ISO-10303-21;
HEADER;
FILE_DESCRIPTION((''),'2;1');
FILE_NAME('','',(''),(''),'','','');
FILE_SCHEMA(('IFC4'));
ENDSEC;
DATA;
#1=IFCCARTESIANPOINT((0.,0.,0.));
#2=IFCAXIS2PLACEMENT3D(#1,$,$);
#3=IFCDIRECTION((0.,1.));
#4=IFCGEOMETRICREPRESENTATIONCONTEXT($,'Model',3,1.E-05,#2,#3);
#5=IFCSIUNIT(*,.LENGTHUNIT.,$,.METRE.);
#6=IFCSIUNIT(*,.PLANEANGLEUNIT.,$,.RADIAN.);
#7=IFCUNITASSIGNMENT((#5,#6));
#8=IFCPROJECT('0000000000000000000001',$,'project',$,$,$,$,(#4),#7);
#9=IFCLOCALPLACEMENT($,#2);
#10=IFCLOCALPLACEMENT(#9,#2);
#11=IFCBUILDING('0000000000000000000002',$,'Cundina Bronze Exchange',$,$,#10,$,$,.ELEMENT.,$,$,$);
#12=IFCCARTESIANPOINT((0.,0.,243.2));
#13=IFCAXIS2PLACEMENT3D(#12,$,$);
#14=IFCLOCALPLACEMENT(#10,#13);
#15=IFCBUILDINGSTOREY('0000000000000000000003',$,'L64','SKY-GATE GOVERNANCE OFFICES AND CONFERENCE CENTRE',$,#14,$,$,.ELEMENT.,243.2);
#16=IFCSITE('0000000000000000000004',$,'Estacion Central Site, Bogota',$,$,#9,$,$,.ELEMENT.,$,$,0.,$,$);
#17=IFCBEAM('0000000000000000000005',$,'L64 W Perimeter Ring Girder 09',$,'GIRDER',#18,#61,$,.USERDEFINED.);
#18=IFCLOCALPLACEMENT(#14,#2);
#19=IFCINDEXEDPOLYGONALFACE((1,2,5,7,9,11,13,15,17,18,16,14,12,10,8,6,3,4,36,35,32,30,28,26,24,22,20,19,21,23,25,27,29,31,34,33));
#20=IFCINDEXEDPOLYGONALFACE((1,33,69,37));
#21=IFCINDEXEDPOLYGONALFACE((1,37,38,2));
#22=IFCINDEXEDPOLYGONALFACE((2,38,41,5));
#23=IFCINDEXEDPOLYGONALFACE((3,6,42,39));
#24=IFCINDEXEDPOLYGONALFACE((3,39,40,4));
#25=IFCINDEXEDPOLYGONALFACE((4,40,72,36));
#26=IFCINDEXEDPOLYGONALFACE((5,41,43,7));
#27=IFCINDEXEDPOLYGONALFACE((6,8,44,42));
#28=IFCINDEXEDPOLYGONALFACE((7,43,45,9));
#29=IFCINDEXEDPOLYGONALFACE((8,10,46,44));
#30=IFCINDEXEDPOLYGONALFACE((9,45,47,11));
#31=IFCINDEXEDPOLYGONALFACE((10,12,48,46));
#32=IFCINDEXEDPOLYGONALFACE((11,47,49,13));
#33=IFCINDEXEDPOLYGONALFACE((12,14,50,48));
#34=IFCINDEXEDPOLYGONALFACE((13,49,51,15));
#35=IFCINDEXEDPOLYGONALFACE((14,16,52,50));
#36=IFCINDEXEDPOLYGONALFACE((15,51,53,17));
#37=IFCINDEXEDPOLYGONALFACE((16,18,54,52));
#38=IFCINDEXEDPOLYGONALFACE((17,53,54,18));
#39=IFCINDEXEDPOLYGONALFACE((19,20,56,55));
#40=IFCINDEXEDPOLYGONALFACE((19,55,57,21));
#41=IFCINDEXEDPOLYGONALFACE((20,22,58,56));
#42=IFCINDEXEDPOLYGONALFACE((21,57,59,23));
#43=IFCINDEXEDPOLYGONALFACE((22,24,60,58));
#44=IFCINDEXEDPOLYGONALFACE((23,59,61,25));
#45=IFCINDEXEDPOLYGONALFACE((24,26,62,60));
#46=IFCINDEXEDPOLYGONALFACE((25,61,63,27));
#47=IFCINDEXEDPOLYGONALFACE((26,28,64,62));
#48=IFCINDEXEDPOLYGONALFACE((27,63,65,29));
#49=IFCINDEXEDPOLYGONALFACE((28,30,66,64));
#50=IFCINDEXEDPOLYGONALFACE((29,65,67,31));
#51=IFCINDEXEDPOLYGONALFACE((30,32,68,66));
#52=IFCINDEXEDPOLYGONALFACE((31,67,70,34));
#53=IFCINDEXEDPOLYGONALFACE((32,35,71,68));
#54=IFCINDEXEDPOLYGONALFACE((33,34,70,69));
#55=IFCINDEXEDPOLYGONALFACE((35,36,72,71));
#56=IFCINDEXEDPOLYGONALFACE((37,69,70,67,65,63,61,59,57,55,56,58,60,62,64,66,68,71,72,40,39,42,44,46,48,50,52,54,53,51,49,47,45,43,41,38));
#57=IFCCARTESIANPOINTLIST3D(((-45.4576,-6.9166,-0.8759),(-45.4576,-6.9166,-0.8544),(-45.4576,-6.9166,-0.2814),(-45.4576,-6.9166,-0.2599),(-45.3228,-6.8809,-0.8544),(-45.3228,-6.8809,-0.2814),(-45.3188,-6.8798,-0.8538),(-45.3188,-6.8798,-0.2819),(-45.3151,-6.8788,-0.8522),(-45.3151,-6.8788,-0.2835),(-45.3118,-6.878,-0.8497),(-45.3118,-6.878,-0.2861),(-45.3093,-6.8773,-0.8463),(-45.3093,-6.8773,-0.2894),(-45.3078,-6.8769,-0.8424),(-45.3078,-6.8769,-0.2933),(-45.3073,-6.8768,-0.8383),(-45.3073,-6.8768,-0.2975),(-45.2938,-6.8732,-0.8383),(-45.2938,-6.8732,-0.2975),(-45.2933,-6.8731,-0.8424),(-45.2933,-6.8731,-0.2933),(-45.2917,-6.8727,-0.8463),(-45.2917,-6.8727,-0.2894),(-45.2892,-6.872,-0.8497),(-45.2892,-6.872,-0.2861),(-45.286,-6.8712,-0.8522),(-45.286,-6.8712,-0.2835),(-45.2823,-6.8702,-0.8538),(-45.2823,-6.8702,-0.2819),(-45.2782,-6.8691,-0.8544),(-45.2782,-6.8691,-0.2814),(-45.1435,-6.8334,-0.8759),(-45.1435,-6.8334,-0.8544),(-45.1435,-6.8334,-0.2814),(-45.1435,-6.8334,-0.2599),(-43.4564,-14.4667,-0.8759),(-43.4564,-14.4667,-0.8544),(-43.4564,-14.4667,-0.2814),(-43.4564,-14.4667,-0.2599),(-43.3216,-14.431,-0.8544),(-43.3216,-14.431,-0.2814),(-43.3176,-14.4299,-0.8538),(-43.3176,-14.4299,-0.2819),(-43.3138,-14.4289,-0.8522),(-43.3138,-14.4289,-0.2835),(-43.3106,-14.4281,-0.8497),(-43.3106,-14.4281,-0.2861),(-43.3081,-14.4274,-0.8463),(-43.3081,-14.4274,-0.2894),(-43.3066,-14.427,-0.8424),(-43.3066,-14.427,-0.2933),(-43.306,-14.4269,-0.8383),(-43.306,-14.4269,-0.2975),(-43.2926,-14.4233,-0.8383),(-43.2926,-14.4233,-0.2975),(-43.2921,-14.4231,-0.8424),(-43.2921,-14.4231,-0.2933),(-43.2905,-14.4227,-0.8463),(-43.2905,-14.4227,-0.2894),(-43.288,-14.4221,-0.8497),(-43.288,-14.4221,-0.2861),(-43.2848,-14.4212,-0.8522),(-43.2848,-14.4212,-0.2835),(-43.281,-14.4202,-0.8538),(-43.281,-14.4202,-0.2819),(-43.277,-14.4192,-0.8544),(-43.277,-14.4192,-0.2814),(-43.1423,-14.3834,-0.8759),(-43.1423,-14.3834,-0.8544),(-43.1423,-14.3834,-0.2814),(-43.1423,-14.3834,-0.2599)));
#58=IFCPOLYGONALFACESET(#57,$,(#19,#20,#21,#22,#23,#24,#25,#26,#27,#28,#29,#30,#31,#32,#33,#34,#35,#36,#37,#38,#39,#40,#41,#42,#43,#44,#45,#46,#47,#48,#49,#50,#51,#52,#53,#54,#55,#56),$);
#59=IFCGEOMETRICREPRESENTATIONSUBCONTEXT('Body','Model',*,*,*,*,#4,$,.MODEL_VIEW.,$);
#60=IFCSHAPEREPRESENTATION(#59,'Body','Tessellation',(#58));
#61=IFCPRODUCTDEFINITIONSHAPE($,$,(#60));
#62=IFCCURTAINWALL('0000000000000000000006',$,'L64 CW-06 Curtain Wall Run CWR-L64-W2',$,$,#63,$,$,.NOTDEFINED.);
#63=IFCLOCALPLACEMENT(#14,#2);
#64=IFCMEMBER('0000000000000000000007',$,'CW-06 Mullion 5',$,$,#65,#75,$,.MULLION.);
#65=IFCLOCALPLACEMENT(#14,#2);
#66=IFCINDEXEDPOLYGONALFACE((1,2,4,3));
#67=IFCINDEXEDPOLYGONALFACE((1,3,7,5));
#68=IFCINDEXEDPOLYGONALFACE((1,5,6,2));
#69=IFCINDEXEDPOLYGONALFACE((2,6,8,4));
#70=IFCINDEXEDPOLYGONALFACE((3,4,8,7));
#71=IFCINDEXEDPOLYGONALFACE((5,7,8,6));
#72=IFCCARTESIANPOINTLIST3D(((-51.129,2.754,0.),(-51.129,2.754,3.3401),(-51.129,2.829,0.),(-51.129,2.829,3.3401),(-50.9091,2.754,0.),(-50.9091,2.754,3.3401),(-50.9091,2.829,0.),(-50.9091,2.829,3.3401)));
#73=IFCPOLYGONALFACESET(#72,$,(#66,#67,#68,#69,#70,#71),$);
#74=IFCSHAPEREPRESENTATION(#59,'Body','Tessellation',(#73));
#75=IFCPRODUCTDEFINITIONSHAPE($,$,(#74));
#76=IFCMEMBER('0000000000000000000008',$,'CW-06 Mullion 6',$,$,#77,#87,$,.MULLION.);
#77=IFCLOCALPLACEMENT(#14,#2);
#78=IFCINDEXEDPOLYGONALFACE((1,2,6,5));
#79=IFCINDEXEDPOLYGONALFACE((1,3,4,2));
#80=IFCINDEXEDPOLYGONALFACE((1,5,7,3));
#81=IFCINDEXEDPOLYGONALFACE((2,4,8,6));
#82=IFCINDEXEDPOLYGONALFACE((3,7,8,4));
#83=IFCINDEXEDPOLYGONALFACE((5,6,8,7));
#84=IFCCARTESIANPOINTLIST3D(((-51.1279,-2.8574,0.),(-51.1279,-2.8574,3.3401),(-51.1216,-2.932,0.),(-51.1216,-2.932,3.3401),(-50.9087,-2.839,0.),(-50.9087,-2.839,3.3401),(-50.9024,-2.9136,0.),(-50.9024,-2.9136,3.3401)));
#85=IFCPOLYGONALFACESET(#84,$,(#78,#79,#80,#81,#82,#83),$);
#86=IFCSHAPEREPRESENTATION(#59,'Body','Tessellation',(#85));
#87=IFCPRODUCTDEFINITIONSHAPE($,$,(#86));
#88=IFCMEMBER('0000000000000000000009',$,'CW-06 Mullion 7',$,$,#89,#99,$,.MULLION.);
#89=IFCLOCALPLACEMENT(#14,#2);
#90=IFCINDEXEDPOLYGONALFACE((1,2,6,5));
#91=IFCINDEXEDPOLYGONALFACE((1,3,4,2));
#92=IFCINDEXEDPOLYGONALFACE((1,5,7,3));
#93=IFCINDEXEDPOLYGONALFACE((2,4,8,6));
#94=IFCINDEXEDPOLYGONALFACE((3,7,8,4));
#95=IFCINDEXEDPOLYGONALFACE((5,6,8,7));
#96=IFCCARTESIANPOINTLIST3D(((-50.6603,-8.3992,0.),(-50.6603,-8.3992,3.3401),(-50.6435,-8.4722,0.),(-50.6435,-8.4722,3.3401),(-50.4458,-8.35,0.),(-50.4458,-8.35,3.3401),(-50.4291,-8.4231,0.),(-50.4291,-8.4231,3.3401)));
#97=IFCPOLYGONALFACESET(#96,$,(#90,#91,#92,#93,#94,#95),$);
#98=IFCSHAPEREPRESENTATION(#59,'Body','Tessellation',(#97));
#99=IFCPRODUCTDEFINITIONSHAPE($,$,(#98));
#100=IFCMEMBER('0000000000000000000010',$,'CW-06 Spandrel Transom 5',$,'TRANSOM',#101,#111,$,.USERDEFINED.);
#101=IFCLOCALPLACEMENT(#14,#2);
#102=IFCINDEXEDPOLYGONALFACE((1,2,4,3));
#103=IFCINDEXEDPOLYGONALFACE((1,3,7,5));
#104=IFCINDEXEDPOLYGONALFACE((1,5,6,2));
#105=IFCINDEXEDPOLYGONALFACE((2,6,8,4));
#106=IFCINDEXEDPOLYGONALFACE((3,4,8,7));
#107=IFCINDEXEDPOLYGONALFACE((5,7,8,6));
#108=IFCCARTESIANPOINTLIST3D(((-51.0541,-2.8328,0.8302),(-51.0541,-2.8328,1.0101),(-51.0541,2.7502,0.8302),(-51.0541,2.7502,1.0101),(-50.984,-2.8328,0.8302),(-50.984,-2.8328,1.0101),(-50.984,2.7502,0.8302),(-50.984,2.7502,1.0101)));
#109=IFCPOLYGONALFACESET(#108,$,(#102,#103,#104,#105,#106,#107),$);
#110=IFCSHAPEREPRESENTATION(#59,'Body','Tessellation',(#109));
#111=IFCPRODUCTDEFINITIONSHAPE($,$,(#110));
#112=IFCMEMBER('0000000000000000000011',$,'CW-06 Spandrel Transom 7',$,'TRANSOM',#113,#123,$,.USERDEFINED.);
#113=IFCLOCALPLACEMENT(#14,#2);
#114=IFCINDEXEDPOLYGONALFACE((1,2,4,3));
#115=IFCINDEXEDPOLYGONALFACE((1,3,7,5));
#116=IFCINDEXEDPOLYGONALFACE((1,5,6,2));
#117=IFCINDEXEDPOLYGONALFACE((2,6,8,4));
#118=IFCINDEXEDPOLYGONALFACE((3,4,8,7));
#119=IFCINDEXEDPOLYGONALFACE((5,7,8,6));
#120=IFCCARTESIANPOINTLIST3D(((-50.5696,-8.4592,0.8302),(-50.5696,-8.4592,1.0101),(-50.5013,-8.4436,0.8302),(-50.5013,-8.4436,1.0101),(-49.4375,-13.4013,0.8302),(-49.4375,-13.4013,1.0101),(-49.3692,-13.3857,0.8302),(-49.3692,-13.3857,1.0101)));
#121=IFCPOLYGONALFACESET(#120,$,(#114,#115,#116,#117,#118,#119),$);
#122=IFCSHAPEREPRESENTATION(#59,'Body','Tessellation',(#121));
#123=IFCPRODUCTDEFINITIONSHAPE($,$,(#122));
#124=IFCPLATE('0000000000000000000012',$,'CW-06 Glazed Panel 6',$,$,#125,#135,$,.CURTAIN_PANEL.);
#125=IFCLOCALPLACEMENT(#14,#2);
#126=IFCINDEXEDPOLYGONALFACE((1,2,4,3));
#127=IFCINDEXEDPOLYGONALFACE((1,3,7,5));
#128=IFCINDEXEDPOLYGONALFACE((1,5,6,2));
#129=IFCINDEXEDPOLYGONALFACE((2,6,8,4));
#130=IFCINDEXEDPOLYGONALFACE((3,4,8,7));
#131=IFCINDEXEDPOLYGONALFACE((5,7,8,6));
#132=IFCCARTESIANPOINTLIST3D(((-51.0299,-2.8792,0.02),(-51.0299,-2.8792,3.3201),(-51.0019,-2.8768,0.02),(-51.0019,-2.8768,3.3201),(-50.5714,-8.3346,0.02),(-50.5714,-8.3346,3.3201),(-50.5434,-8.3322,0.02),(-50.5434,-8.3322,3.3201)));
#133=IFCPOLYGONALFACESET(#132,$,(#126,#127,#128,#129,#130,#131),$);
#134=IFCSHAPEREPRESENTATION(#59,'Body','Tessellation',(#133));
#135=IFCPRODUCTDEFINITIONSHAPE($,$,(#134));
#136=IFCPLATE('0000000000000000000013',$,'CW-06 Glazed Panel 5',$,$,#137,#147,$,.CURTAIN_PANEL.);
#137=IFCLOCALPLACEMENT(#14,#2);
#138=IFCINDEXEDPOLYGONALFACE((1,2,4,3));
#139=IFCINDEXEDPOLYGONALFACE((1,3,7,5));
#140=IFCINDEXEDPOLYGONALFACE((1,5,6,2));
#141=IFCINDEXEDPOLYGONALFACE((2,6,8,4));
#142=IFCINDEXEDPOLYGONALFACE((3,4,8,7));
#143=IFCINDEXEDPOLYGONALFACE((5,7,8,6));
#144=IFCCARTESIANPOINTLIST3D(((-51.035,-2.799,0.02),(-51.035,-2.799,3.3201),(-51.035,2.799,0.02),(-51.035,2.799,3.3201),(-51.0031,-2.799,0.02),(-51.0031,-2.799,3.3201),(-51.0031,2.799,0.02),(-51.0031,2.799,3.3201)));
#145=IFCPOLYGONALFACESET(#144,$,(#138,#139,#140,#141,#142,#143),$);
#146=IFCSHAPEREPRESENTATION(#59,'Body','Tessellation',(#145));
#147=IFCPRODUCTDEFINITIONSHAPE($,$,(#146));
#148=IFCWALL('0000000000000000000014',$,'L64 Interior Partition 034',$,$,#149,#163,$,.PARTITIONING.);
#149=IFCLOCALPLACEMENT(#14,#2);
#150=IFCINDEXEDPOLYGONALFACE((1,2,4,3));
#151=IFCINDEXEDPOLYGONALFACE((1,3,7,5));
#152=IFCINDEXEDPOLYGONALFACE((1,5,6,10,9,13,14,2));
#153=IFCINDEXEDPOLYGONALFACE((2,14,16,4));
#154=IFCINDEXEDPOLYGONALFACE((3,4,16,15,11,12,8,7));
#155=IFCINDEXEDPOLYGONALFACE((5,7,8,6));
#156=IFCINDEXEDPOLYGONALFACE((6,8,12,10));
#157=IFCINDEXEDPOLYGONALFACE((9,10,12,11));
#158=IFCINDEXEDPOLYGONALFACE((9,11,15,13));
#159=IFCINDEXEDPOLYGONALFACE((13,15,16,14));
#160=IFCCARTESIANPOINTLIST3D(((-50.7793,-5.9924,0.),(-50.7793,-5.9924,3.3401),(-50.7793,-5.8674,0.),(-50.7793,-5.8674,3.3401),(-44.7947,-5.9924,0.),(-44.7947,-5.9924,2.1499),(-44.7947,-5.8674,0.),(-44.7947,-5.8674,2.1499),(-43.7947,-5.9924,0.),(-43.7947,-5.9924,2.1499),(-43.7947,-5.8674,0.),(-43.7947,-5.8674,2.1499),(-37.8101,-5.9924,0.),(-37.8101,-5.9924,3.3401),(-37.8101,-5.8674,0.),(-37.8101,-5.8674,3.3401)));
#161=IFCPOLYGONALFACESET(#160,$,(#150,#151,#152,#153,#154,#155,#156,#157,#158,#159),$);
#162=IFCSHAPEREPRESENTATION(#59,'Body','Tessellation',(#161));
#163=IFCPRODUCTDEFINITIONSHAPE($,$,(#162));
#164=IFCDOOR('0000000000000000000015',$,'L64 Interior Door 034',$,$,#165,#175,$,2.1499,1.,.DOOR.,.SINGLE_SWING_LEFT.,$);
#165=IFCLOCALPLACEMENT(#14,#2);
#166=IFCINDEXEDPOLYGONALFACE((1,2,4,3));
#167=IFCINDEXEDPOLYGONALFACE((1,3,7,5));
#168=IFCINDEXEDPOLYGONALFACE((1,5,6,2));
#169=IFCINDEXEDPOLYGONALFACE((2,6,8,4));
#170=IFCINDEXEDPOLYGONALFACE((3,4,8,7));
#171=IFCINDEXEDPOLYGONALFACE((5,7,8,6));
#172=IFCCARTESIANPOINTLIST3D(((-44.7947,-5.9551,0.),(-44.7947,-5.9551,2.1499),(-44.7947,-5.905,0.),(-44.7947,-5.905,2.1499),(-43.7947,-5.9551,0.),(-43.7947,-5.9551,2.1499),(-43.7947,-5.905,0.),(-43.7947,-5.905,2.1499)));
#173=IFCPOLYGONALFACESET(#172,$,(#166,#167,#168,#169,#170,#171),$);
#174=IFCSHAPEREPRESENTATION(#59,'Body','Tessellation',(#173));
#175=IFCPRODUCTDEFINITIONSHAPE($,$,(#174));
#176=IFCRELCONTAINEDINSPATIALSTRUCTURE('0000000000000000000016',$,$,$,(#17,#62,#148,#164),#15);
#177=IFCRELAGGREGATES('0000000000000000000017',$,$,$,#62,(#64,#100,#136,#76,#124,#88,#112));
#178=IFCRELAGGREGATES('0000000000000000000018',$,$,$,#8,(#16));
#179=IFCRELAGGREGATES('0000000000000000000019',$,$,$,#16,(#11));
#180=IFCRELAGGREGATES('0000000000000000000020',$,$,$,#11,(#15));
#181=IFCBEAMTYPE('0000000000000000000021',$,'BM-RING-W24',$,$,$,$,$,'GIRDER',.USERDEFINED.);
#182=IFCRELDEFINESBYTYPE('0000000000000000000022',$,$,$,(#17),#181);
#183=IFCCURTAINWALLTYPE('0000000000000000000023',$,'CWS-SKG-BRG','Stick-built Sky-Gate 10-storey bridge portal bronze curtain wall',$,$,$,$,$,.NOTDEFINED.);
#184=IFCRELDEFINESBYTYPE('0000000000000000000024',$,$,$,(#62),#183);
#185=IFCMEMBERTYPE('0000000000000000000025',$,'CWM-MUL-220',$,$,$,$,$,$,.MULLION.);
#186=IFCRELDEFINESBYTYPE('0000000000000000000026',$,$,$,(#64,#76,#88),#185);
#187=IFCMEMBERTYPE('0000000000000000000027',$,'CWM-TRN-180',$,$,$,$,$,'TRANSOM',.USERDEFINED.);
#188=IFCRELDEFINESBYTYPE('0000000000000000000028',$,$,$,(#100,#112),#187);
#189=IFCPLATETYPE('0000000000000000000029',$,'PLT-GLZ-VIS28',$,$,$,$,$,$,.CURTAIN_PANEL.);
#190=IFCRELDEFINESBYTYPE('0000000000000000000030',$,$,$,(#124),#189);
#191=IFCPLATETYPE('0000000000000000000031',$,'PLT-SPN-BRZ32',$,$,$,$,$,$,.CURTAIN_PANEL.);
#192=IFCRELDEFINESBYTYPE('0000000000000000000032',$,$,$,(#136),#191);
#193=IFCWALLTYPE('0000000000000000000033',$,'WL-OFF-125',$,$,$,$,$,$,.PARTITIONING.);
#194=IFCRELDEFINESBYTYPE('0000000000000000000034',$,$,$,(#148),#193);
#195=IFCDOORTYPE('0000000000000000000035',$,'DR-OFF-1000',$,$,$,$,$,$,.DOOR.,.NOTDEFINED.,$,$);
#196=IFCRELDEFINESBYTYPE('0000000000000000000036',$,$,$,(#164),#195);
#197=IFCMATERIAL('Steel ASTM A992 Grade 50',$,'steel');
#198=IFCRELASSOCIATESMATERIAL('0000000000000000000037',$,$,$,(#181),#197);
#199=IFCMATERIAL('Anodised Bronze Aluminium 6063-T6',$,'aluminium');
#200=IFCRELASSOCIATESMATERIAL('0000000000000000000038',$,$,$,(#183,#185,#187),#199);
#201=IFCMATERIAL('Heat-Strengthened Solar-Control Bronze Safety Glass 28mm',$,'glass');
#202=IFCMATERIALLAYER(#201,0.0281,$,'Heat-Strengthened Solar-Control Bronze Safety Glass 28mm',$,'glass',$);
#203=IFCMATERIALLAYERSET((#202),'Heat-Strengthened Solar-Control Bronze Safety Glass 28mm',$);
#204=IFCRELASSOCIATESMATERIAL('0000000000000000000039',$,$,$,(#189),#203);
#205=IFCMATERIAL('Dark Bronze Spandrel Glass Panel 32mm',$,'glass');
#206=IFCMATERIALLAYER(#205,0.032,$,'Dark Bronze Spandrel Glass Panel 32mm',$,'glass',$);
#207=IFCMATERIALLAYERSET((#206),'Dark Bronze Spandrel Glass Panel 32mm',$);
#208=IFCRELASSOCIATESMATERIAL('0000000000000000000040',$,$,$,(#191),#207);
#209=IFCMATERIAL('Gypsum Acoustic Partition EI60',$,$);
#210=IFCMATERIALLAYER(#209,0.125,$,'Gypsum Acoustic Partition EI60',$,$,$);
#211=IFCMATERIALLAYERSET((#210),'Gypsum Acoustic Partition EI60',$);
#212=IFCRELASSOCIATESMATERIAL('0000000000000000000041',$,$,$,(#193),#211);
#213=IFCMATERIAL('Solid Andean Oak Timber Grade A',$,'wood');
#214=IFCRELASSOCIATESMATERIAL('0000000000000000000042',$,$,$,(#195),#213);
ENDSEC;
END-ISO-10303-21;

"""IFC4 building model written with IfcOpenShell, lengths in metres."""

from ifc_helpers import new_model, si_unit, direction, frame, frame_2d, origin, origin_2d, place, context, subcontext, project, spatial, rectangle, i_section, extrude, material, layer, layer_set, material_profile, profile_set, type_object, element, fill, aggregate, save


model = new_model("IFC4")

# Units and contexts
model_context = context("Model", 3, precision=1e-05, world=origin(), true_north=direction((0.0, 1.0)))
body_context = subcontext(model_context, "Body", "Model", "MODEL_VIEW")
ifc_project = project(units=[si_unit("LENGTHUNIT", "METRE"), si_unit("PLANEANGLEUNIT", "RADIAN")], contexts=[model_context])

# Site, building, storey
site_placement = place(None, origin())
site = spatial("IfcSite", under=ifc_project, at=site_placement, Name="Estacion Central Site, Bogota", CompositionType="ELEMENT", RefElevation=0.0)
building_placement = place(site_placement, origin())
building = spatial("IfcBuilding", under=site, at=building_placement, Name="Cundina Bronze Exchange", CompositionType="ELEMENT")
storey_placement = place(building_placement, frame((0.0, 0.0, 243.2)))
storey = spatial("IfcBuildingStorey", under=building, at=storey_placement, Name="L64", Description="SKY-GATE GOVERNANCE OFFICES AND CONFERENCE CENTRE", CompositionType="ELEMENT", Elevation=243.2)

# Beam
ifc_material_1 = material(Name="Steel ASTM A992 Grade 50", Category="steel")
ifc_material_profile_1 = material_profile(ifc_material_1, i_section(OverallWidth=0.325, OverallDepth=0.616, WebThickness=0.0139, FlangeThickness=0.0215, FilletRadius=0.0161, at=origin_2d()), Name="W24X117", Category="steel")
ifc_profile_set_1 = profile_set([ifc_material_profile_1], Name="Steel ASTM A992 Grade 50")
beam_type_1 = type_object("IfcBeamType", Name="BM-RING-W24", ElementType="GIRDER", PredefinedType="USERDEFINED", material=ifc_profile_set_1)
for number, where, z_axis, x_axis, name in (
    (1, (-45.3005, -6.875, -0.5679), (0.256213, -0.96662, 0.0), (0.96662, 0.256213, 0.0), "L64 W Perimeter Ring Girder 09"),
):
    element("IfcBeam", number, at=place(storey_placement, frame(where, z_axis=z_axis, x_axis=x_axis)), inside=storey, type_object=beam_type_1, Name=name, ObjectType="GIRDER", PredefinedType="USERDEFINED", context=body_context, shape_type="SweptSolid", body=[
        extrude(i_section(OverallWidth=0.325, OverallDepth=0.616, WebThickness=0.0139, FlangeThickness=0.0215, FilletRadius=0.0161, at=origin_2d()), origin(), (0.0, 0.0, 1.0), 7.8108),
    ])

# Curtain wall, members, plates
ifc_material_2 = material(Name="Anodised Bronze Aluminium 6063-T6", Category="aluminium")
curtain_wall_type = type_object("IfcCurtainWallType", Name="CWS-SKG-BRG", Description="Stick-built Sky-Gate 10-storey bridge portal bronze curtain wall", PredefinedType="NOTDEFINED", material=ifc_material_2)
curtain_wall_placement = place(storey_placement, origin())
curtain_wall = element("IfcCurtainWall", 2, at=curtain_wall_placement, inside=storey, type_object=curtain_wall_type, Name="L64 CW-06 Curtain Wall Run CWR-L64-W2", PredefinedType="NOTDEFINED")
ifc_material_profile_2 = material_profile(ifc_material_2, rectangle(XDim=0.075, YDim=0.22, at=origin_2d()), Name="AL75X220", Category="aluminium")
ifc_profile_set_2 = profile_set([ifc_material_profile_2], Name="Anodised Bronze Aluminium 6063-T6")
member_type_1 = type_object("IfcMemberType", Name="CWM-MUL-220", PredefinedType="MULLION", material=ifc_profile_set_2)
member_1_placement = place(storey_placement, frame((-51.019, 2.7915, 0.0), z_axis=(0.0, 0.0, 1.0), x_axis=(0.0, -1.0, 0.0)))
member_1 = element("IfcMember", 3, at=member_1_placement, type_object=member_type_1, Name="CW-06 Mullion 5", PredefinedType="MULLION", context=body_context, shape_type="SweptSolid", body=[
    extrude(rectangle(XDim=0.075, YDim=0.22, at=origin_2d()), origin(), (0.0, 0.0, 1.0), 3.3401),
])
member_2_placement = place(storey_placement, frame((-51.0151, -2.8855, 0.0), z_axis=(0.0, 0.0, 1.0), x_axis=(0.083678, -0.996493, 0.0)))
member_2 = element("IfcMember", 4, at=member_2_placement, type_object=member_type_1, Name="CW-06 Mullion 6", PredefinedType="MULLION", context=body_context, shape_type="SweptSolid", body=[
    extrude(rectangle(XDim=0.075, YDim=0.22, at=origin_2d()), origin(), (0.0, 0.0, 1.0), 3.3401),
])
member_3_placement = place(storey_placement, frame((-50.5447, -8.4111, 0.0), z_axis=(0.0, 0.0, 1.0), x_axis=(0.22325, -0.974761, 0.0)))
member_3 = element("IfcMember", 5, at=member_3_placement, type_object=member_type_1, Name="CW-06 Mullion 7", PredefinedType="MULLION", context=body_context, shape_type="SweptSolid", body=[
    extrude(rectangle(XDim=0.075, YDim=0.22, at=origin_2d()), origin(), (0.0, 0.0, 1.0), 3.3401),
])
ifc_material_profile_3 = material_profile(ifc_material_2, rectangle(XDim=0.0701, YDim=0.1799, at=origin_2d()), Name="AL70X180", Category="aluminium")
ifc_profile_set_3 = profile_set([ifc_material_profile_3], Name="Anodised Bronze Aluminium 6063-T6")
member_type_2 = type_object("IfcMemberType", Name="CWM-TRN-180", ElementType="TRANSOM", PredefinedType="USERDEFINED", material=ifc_profile_set_3)
member_4_placement = place(storey_placement, frame((-51.019, 2.7502, 0.9202), z_axis=(0.0, -1.0, 0.0), x_axis=(1.0, 0.0, 0.0)))
member_4 = element("IfcMember", 6, at=member_4_placement, type_object=member_type_2, Name="CW-06 Spandrel Transom 5", ObjectType="TRANSOM", PredefinedType="USERDEFINED", context=body_context, shape_type="SweptSolid", body=[
    extrude(rectangle(XDim=0.0701, YDim=0.1799, at=origin_2d()), origin(), (0.0, 0.0, 1.0), 5.583),
])
member_5_placement = place(storey_placement, frame((-50.5354, -8.4514, 0.9202), z_axis=(0.223284, -0.974754, 0.0), x_axis=(0.974754, 0.223284, 0.0)))
member_5 = element("IfcMember", 7, at=member_5_placement, type_object=member_type_2, Name="CW-06 Spandrel Transom 7", ObjectType="TRANSOM", PredefinedType="USERDEFINED", context=body_context, shape_type="SweptSolid", body=[
    extrude(rectangle(XDim=0.0701, YDim=0.1799, at=origin_2d()), origin(), (0.0, 0.0, 1.0), 5.0701),
])
ifc_material_3 = material(Name="Heat-Strengthened Solar-Control Bronze Safety Glass 28mm", Category="glass")
ifc_layer_1 = layer(ifc_material_3, 0.0281, Name="Heat-Strengthened Solar-Control Bronze Safety Glass 28mm", Category="glass")
ifc_layer_set_1 = layer_set([ifc_layer_1], Name="Heat-Strengthened Solar-Control Bronze Safety Glass 28mm")
plate_type_1 = type_object("IfcPlateType", Name="PLT-GLZ-VIS28", PredefinedType="CURTAIN_PANEL", material=ifc_layer_set_1)
plate_1_placement = place(storey_placement, frame((-50.7866, -5.6057, 0.02), z_axis=(0.0, 0.0, 1.0), x_axis=(0.083747, -0.996487, 0.0)))
plate_1 = element("IfcPlate", 8, at=plate_1_placement, type_object=plate_type_1, Name="CW-06 Glazed Panel 6", PredefinedType="CURTAIN_PANEL", context=body_context, shape_type="SweptSolid", body=[
    extrude(rectangle(XDim=5.4746, YDim=0.0281, at=origin_2d()), origin(), (0.0, 0.0, 1.0), 3.3),
])
ifc_material_4 = material(Name="Dark Bronze Spandrel Glass Panel 32mm", Category="glass")
ifc_layer_2 = layer(ifc_material_4, 0.032, Name="Dark Bronze Spandrel Glass Panel 32mm", Category="glass")
ifc_layer_set_2 = layer_set([ifc_layer_2], Name="Dark Bronze Spandrel Glass Panel 32mm")
plate_type_2 = type_object("IfcPlateType", Name="PLT-SPN-BRZ32", PredefinedType="CURTAIN_PANEL", material=ifc_layer_set_2)
plate_2_placement = place(storey_placement, frame((-51.019, 0.0, 0.02), z_axis=(0.0, 0.0, 1.0), x_axis=(0.0, -1.0, 0.0)))
plate_2 = element("IfcPlate", 9, at=plate_2_placement, type_object=plate_type_2, Name="CW-06 Glazed Panel 5", PredefinedType="CURTAIN_PANEL", context=body_context, shape_type="SweptSolid", body=[
    extrude(rectangle(XDim=5.5979, YDim=0.032, at=origin_2d()), origin(), (0.0, 0.0, 1.0), 3.3),
])
aggregate(curtain_wall, [member_1, member_4, plate_2, member_2, plate_1, member_3, member_5])

# Wall, opening, door
ifc_material_5 = material(Name="Gypsum Acoustic Partition EI60")
ifc_layer_3 = layer(ifc_material_5, 0.125, Name="Gypsum Acoustic Partition EI60")
ifc_layer_set_3 = layer_set([ifc_layer_3], Name="Gypsum Acoustic Partition EI60")
wall_type = type_object("IfcWallType", Name="WL-OFF-125", PredefinedType="PARTITIONING", material=ifc_layer_set_3)
wall_placement = place(storey_placement, frame((-50.7793, -5.9299, 0.0), z_axis=(0.0, 0.0, 1.0), x_axis=(1.0, 0.0, 0.0)))
wall = element("IfcWall", 10, at=wall_placement, inside=storey, type_object=wall_type, Name="L64 Interior Partition 034", PredefinedType="PARTITIONING", context=body_context, shape_type="SweptSolid", body=[
    extrude(rectangle(XDim=12.9692, YDim=0.125, at=frame_2d((6.4846, 0.0))), origin(), (0.0, 0.0, 1.0), 3.3401),
])
opening_placement = place(wall_placement, frame((5.9846, 0.0, 0.0)))
opening = element("IfcOpeningElement", 11, at=opening_placement, cuts=wall, PredefinedType="OPENING", context=body_context, shape_type="SweptSolid", body=[
    extrude(rectangle(XDim=1.0, YDim=2.1499, at=frame_2d((0.5, 1.075))), frame((0.0, 0.0725, 0.0), z_axis=(0.0, -1.0, 0.0), x_axis=(1.0, 0.0, 0.0)), (0.0, 0.0, 1.0), 0.145),
])
ifc_material_6 = material(Name="Solid Andean Oak Timber Grade A", Category="wood")
door_type = type_object("IfcDoorType", Name="DR-OFF-1000", OperationType="NOTDEFINED", PredefinedType="DOOR", material=ifc_material_6)
door_placement = place(opening_placement, origin())
door = element("IfcDoor", 12, at=door_placement, inside=storey, type_object=door_type, Name="L64 Interior Door 034", OperationType="SINGLE_SWING_LEFT", OverallHeight=2.1499, OverallWidth=1.0, PredefinedType="DOOR", context=body_context, shape_type="SweptSolid", body=[
    extrude(rectangle(XDim=1.0, YDim=2.1499, at=frame_2d((0.5, 1.075))), frame((0.0, 0.0249, 0.0), z_axis=(0.0, -1.0, 0.0), x_axis=(1.0, 0.0, 0.0)), (0.0, 0.0, 1.0), 0.05),
])
fill(opening, door)

save(model, "model.ifc")
